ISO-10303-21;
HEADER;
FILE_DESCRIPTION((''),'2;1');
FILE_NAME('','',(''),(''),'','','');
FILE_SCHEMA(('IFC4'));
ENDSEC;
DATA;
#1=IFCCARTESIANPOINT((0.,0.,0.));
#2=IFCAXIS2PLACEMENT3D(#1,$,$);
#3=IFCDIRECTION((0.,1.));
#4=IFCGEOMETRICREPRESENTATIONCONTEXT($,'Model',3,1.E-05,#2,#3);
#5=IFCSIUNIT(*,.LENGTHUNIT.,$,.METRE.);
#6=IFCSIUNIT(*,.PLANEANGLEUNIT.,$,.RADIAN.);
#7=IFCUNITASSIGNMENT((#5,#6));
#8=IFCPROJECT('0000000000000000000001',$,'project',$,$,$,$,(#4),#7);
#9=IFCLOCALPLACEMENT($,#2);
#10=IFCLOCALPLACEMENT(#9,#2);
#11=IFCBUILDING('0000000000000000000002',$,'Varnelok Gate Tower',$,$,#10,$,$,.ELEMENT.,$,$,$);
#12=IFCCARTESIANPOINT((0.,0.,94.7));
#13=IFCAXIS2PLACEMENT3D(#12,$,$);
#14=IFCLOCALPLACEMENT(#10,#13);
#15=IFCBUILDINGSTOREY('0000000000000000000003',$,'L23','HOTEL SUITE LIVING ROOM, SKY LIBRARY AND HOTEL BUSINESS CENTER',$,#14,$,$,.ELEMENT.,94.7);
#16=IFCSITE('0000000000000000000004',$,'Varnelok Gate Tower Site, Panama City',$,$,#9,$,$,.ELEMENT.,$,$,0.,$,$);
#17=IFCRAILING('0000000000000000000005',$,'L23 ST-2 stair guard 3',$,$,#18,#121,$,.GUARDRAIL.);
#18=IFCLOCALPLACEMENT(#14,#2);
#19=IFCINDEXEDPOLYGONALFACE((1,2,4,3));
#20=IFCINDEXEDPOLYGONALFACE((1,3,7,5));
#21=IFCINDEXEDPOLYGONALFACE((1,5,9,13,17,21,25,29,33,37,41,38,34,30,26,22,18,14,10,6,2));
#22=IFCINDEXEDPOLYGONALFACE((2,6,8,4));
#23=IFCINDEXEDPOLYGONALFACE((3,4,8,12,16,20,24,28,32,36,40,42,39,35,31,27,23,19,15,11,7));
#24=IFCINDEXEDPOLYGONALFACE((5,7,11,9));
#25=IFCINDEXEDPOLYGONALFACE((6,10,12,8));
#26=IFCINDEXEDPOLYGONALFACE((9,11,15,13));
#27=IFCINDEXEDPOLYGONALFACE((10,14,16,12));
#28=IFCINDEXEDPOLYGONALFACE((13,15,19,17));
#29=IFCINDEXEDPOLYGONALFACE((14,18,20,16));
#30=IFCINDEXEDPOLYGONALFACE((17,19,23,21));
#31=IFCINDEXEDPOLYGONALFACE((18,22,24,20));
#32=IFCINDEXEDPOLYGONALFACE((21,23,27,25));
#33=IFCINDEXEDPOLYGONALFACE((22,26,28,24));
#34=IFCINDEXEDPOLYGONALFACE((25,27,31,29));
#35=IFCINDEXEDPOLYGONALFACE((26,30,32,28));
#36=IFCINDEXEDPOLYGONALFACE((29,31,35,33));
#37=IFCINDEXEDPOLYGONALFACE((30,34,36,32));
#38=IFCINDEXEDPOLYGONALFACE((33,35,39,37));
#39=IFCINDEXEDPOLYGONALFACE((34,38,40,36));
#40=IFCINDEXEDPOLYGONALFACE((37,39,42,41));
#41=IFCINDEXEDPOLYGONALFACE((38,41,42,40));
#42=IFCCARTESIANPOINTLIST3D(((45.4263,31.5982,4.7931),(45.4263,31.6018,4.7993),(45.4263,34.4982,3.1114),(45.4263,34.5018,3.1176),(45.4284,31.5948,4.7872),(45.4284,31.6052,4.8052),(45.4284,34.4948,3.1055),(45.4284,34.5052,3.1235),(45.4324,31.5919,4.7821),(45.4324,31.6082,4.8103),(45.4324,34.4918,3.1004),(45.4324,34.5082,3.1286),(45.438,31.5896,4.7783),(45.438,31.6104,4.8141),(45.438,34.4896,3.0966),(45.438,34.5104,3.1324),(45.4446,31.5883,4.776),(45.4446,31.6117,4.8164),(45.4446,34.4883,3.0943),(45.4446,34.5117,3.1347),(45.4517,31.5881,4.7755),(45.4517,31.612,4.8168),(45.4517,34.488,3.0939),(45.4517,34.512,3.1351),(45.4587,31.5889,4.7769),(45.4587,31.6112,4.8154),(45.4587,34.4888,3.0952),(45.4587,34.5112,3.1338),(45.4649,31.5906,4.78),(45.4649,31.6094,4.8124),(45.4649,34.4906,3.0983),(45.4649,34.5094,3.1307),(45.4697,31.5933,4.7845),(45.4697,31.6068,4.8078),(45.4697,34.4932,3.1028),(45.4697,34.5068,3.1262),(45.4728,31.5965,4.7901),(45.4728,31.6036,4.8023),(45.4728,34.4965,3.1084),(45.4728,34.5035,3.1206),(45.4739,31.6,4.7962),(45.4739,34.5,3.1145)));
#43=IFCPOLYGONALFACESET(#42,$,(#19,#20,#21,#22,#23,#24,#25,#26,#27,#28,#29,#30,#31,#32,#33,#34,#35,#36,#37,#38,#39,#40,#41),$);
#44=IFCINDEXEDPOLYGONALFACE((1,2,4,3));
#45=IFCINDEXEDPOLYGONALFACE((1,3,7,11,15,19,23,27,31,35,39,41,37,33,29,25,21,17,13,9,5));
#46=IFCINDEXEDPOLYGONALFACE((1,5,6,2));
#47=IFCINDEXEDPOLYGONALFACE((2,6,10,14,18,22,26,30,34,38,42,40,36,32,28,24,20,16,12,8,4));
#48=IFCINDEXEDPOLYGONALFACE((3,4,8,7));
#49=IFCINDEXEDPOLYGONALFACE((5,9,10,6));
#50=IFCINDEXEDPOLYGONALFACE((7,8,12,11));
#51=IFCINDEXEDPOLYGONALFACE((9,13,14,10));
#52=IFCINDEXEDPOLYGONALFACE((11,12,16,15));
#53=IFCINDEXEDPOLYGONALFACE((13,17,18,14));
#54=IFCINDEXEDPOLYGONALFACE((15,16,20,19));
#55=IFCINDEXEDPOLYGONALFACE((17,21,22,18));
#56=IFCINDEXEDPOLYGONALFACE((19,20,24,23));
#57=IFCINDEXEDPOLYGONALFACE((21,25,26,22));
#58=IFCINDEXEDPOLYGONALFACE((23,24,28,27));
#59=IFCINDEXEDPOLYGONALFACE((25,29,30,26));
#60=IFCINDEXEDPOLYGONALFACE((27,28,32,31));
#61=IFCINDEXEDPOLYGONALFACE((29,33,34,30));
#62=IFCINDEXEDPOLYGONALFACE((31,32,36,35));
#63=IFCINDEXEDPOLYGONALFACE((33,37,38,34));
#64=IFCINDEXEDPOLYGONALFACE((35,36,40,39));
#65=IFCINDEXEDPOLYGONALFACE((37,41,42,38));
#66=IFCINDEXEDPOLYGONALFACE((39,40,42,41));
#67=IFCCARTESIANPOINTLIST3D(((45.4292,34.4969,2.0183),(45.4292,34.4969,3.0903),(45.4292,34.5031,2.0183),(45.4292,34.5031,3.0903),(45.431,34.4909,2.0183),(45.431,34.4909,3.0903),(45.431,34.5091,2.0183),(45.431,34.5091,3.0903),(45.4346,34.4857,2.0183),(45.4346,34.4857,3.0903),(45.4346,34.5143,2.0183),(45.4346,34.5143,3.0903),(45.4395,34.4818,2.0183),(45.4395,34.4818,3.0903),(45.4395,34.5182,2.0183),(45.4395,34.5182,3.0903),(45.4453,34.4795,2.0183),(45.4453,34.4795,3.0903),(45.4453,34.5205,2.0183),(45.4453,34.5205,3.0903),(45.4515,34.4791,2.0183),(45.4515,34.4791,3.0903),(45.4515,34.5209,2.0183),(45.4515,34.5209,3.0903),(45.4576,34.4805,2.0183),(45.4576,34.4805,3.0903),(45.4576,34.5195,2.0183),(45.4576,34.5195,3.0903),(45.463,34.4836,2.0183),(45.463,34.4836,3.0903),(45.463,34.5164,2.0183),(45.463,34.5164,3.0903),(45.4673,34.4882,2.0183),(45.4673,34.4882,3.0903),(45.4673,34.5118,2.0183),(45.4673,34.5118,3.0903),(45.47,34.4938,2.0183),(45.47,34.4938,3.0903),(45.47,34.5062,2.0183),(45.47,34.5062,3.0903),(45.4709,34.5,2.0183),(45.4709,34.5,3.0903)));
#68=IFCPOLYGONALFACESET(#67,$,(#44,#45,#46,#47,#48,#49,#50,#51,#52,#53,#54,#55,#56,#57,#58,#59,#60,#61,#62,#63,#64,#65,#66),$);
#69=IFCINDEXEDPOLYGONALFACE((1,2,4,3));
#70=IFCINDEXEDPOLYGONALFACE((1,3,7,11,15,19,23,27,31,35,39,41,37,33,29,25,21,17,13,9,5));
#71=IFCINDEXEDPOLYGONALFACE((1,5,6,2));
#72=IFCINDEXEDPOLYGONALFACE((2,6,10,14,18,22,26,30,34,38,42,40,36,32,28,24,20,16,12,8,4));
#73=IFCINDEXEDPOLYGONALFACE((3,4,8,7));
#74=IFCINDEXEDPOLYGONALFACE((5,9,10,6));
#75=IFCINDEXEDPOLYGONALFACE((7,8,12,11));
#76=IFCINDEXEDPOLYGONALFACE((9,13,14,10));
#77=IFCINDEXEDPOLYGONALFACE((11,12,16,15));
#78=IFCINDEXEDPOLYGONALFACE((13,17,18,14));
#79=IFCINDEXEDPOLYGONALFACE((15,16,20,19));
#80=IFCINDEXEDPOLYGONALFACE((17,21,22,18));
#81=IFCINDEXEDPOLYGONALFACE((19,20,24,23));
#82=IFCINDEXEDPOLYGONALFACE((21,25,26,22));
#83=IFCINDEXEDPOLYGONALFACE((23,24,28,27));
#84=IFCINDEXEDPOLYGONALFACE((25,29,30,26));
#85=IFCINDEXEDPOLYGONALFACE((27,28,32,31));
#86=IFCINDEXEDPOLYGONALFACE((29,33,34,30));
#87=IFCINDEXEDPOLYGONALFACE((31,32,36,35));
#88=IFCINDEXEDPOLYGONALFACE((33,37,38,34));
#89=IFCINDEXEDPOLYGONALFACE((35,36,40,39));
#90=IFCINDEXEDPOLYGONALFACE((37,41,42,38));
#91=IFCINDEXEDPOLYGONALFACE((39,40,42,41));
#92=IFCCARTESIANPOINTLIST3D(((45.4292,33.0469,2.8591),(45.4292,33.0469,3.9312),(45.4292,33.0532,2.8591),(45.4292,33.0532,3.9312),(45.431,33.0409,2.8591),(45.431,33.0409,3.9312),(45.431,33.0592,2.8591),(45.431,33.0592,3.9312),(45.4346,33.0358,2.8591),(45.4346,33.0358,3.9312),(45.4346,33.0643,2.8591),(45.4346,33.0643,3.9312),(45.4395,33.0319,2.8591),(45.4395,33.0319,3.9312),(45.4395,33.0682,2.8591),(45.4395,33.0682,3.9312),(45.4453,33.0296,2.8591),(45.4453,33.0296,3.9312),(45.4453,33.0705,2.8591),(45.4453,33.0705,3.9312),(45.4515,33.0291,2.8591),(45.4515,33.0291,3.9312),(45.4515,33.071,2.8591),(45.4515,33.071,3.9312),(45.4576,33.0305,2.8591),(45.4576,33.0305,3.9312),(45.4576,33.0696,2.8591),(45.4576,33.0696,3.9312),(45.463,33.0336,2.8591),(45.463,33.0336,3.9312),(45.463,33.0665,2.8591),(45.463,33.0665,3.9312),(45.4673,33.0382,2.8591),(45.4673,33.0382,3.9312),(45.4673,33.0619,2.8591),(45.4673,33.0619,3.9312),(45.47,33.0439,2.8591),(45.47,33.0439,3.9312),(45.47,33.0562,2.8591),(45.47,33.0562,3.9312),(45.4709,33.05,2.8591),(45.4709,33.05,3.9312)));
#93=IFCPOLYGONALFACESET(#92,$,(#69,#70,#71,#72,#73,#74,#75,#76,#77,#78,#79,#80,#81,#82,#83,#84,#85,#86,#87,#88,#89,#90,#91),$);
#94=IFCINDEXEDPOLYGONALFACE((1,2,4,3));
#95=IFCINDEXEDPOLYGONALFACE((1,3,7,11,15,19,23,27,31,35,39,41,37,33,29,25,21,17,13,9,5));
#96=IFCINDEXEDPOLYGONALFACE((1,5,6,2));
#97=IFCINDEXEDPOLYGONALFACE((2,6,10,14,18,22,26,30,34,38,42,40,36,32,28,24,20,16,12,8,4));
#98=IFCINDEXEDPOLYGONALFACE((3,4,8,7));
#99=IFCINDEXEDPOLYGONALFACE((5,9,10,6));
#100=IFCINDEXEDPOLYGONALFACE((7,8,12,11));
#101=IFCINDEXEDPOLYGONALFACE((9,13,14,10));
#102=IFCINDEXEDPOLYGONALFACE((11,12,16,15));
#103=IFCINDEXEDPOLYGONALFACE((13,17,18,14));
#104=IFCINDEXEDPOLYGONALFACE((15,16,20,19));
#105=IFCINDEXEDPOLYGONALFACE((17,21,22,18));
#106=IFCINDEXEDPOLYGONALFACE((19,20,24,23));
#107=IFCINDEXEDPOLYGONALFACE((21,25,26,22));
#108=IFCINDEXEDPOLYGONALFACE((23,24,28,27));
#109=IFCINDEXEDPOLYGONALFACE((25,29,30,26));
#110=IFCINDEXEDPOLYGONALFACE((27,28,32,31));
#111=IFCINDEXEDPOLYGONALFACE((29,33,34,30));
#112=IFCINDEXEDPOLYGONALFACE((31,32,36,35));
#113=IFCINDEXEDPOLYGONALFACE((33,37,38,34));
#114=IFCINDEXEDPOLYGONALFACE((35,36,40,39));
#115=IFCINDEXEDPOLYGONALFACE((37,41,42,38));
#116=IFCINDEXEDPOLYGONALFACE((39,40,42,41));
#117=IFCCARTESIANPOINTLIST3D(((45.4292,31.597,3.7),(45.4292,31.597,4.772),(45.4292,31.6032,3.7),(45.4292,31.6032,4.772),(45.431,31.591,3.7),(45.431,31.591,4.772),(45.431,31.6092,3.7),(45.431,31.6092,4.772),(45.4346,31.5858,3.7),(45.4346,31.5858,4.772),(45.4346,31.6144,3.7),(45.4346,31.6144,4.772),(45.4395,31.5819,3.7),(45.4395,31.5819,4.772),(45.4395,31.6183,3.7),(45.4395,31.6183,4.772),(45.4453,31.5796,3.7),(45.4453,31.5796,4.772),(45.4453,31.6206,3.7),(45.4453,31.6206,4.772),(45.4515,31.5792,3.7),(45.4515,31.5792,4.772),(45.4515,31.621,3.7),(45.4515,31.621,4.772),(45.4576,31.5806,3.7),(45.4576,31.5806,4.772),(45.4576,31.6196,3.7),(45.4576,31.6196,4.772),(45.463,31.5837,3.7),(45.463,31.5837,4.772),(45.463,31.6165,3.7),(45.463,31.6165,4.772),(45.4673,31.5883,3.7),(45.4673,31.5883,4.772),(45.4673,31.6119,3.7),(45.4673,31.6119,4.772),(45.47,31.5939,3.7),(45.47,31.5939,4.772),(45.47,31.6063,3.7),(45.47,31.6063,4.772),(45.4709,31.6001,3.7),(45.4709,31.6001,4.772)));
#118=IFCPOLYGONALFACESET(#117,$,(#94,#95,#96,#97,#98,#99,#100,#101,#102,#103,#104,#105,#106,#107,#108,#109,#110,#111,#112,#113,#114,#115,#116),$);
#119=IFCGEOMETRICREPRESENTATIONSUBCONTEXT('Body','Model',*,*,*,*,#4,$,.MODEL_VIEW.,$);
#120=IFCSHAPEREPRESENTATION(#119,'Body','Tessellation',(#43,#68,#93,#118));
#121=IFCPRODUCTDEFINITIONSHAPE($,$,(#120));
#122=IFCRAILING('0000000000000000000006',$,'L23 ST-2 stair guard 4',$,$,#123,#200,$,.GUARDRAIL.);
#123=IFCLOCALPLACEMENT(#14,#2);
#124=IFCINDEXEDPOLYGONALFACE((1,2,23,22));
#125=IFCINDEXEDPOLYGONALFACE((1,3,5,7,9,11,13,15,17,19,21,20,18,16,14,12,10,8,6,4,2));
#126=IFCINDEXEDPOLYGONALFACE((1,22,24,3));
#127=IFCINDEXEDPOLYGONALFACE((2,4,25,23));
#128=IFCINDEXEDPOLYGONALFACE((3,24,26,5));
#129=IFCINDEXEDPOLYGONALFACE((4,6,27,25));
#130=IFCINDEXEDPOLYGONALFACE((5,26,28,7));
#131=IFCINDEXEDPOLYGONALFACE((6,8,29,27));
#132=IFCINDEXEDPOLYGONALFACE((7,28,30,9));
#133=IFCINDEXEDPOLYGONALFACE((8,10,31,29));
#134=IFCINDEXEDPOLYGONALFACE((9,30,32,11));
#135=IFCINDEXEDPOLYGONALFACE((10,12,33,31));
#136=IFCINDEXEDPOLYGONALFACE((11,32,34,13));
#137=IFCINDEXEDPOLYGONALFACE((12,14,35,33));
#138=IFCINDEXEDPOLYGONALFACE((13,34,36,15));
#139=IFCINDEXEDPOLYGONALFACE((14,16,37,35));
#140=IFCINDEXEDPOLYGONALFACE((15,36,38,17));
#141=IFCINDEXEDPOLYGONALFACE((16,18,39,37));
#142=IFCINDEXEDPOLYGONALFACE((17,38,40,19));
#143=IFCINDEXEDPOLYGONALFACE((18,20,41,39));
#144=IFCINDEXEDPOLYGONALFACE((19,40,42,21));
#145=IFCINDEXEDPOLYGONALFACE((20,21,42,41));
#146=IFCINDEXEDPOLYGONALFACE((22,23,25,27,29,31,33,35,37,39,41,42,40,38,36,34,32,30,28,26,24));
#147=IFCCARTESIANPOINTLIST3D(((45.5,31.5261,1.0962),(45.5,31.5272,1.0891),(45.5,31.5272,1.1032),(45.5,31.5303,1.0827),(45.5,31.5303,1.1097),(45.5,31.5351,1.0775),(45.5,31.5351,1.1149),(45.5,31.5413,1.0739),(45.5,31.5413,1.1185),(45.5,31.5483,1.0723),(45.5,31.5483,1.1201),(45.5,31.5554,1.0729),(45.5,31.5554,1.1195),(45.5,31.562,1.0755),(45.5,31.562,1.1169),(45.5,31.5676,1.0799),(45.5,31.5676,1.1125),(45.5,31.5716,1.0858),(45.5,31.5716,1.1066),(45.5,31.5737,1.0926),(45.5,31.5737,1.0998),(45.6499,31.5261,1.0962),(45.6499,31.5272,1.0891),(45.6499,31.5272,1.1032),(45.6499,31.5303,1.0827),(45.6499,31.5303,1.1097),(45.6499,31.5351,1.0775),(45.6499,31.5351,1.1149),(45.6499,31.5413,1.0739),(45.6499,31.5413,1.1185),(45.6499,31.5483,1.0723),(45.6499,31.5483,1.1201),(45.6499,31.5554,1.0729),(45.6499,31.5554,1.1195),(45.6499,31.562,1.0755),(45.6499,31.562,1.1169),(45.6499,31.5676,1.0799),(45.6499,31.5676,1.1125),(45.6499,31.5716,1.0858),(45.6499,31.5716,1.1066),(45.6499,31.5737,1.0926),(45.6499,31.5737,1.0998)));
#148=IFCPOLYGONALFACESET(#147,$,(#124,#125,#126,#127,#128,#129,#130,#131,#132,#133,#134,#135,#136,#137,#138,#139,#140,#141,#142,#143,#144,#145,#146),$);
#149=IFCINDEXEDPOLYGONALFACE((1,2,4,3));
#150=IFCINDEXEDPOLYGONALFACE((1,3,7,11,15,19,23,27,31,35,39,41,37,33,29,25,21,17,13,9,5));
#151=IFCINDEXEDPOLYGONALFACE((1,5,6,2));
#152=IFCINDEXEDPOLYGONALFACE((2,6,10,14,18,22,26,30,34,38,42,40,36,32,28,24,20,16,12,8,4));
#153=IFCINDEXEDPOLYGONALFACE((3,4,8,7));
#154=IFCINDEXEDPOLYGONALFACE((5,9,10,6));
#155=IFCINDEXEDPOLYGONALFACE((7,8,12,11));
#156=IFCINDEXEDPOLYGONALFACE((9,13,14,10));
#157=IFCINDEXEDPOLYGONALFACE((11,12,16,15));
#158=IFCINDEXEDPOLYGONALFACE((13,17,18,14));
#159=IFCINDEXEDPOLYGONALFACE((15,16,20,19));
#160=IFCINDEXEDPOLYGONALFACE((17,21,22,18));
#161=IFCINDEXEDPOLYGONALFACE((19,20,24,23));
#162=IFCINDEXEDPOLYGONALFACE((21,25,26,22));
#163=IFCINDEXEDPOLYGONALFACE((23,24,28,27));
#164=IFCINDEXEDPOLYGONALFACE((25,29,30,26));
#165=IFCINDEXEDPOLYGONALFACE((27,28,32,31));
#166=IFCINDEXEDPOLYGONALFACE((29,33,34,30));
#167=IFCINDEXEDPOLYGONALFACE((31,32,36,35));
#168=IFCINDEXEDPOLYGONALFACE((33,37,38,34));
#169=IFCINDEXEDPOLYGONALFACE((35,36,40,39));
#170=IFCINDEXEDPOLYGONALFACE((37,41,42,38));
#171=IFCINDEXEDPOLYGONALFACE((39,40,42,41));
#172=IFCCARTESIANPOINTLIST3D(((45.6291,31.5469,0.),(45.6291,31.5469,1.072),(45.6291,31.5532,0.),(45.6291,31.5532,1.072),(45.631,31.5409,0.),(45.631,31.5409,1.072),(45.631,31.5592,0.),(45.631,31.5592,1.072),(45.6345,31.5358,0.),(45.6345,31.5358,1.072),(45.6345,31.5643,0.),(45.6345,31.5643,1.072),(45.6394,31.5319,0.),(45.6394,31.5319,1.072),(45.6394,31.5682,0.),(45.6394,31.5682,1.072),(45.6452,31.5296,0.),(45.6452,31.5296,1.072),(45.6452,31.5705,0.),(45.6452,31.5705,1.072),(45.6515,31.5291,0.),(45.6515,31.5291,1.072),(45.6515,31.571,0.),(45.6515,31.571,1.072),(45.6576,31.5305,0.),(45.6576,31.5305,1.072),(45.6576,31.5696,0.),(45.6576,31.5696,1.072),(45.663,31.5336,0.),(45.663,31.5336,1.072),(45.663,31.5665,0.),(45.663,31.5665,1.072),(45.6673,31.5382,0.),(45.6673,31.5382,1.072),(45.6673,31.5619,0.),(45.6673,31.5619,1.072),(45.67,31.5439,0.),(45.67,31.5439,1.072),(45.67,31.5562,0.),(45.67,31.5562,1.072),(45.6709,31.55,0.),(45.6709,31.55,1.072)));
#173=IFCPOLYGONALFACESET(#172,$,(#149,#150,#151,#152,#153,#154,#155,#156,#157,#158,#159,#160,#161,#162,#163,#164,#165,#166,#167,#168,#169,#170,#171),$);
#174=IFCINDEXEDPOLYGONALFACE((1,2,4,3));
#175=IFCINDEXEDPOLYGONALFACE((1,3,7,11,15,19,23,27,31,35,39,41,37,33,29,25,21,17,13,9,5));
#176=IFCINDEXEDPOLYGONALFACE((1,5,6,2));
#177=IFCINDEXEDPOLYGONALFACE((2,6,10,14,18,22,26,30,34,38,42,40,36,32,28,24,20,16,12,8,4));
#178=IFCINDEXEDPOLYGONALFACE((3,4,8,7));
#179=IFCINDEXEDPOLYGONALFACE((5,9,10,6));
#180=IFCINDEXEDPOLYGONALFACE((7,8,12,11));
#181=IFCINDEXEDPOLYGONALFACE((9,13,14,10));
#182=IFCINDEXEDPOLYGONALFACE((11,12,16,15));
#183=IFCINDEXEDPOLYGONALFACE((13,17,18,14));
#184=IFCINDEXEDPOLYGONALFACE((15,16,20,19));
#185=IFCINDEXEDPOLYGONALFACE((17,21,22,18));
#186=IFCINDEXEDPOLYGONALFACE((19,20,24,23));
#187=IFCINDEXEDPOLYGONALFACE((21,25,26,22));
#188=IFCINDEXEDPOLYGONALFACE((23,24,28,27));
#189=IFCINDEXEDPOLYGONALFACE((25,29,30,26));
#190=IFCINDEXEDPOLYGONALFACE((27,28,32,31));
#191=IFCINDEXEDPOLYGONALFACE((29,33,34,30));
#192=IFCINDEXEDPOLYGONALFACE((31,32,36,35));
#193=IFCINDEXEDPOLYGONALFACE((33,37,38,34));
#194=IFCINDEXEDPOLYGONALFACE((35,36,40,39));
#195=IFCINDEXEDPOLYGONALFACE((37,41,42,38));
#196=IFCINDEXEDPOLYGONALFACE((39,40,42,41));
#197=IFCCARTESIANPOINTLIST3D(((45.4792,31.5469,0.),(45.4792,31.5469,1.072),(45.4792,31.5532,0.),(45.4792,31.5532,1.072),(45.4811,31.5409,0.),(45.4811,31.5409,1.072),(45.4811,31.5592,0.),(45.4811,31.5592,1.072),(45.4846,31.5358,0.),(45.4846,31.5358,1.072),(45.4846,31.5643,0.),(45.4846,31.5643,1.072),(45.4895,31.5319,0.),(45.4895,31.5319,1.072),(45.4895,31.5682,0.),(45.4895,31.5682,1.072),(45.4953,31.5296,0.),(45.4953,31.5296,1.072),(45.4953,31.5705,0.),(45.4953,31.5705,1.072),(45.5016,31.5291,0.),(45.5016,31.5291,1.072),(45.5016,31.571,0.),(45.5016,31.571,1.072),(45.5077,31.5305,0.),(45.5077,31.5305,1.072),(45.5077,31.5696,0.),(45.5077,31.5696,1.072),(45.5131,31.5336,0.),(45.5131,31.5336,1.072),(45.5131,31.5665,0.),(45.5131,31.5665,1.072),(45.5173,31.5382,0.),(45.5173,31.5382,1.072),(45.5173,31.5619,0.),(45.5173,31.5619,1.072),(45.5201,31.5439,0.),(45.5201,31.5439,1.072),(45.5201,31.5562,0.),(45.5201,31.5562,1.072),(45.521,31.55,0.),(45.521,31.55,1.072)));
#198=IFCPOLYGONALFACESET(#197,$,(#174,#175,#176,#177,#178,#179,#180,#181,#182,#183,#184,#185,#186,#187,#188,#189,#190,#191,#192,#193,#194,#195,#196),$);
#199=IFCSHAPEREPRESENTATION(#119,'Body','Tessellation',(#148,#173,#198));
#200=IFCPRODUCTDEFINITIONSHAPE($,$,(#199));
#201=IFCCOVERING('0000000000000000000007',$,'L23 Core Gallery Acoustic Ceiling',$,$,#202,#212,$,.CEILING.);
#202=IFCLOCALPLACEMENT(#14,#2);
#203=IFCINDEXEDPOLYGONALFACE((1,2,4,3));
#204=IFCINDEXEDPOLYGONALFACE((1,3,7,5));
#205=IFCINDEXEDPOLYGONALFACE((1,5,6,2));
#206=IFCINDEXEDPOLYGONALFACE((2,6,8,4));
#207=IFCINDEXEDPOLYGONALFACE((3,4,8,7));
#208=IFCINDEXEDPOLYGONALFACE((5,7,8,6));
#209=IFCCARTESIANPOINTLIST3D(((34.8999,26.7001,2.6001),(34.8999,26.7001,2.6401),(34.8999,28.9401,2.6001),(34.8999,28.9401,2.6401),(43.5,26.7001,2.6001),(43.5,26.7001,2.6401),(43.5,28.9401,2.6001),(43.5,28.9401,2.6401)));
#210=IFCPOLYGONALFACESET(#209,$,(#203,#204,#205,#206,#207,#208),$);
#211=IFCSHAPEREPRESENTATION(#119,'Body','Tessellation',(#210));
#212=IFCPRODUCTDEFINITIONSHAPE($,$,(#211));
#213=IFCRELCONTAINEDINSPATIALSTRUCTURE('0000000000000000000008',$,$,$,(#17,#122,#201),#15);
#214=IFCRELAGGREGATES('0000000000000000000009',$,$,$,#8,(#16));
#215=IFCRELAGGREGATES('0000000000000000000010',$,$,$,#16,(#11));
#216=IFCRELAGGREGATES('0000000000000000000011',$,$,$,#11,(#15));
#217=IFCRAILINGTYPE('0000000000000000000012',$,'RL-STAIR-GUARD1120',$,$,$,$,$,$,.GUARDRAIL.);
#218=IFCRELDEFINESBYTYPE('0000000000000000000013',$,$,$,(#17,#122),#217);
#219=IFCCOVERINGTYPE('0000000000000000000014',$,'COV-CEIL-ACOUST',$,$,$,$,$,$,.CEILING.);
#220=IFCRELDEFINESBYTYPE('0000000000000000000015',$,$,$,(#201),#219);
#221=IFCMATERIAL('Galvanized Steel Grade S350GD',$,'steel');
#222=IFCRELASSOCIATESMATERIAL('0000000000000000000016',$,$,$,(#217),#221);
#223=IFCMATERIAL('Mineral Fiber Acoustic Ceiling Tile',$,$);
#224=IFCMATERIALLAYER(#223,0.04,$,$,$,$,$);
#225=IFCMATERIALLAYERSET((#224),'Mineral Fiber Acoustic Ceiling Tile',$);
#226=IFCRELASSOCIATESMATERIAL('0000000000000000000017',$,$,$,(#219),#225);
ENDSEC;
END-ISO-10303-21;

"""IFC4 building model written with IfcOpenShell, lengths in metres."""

from ifc_helpers import new_model, si_unit, direction, frame, origin, origin_2d, place, context, subcontext, project, spatial, rectangle, circle, extrude, source, transform, mapped, material, layer, layer_set, type_object, element, save


model = new_model("IFC4")

# Units and contexts
model_context = context("Model", 3, precision=1e-05, world=origin(), true_north=direction((0.0, 1.0)))
body_context = subcontext(model_context, "Body", "Model", "MODEL_VIEW")
ifc_project = project(units=[si_unit("LENGTHUNIT", "METRE"), si_unit("PLANEANGLEUNIT", "RADIAN")], contexts=[model_context])

# Site, building, storey
site_placement = place(None, origin())
site = spatial("IfcSite", under=ifc_project, at=site_placement, Name="Varnelok Gate Tower Site, Panama City", CompositionType="ELEMENT", RefElevation=0.0)
building_placement = place(site_placement, origin())
building = spatial("IfcBuilding", under=site, at=building_placement, Name="Varnelok Gate Tower", CompositionType="ELEMENT")
storey_placement = place(building_placement, frame((0.0, 0.0, 94.7)))
storey = spatial("IfcBuildingStorey", under=building, at=storey_placement, Name="L23", Description="HOTEL SUITE LIVING ROOM, SKY LIBRARY AND HOTEL BUSINESS CENTER", CompositionType="ELEMENT", Elevation=94.7)

# Shared definitions
ifc_material_1 = material(Name="Galvanized Steel Grade S350GD", Category="steel")

# Railings
railing_type_1 = type_object("IfcRailingType", Name="RL-STAIR-GUARD1120", PredefinedType="GUARDRAIL", material=ifc_material_1)
railing_1_placement = place(storey_placement, frame((45.45, 34.5, 2.0183)))
element("IfcRailing", 1, at=railing_1_placement, inside=storey, type_object=railing_type_1, Name="L23 ST-2 stair guard 3", PredefinedType="GUARDRAIL", context=body_context, shape_type="SweptSolid", body=[
    extrude(circle(Radius=0.0239, at=origin_2d()), frame((0.0, 0.0, 1.0962), z_axis=(0.0, -0.86507, 0.501651), x_axis=(1.0, 0.0, 0.0)), (0.0, 0.0, 1.0), 3.3523),
    extrude(circle(Radius=0.021, at=origin_2d()), origin(), (0.0, 0.0, 1.0), 1.072),
    extrude(circle(Radius=0.021, at=origin_2d()), frame((0.0, -1.45, 0.8408)), (0.0, 0.0, 1.0), 1.072),
    extrude(circle(Radius=0.021, at=origin_2d()), frame((0.0, -2.8999, 1.6816)), (0.0, 0.0, 1.0), 1.072),
])
railing_2_placement = place(storey_placement, frame((45.6499, 31.55, 0.0)))
element("IfcRailing", 2, at=railing_2_placement, inside=storey, type_object=railing_type_1, Name="L23 ST-2 stair guard 4", PredefinedType="GUARDRAIL", context=body_context, shape_type="SweptSolid", body=[
    extrude(circle(Radius=0.0239, at=origin_2d()), frame((0.0, 0.0, 1.0962), z_axis=(-1.0, 0.0, 0.0), x_axis=(0.0, -1.0, 0.0)), (0.0, 0.0, 1.0), 0.1499),
    extrude(circle(Radius=0.021, at=origin_2d()), origin(), (0.0, 0.0, 1.0), 1.072),
    extrude(circle(Radius=0.021, at=origin_2d()), frame((-0.1499, 0.0, 0.0)), (0.0, 0.0, 1.0), 1.072),
])

# Covering
ifc_material_2 = material(Name="Mineral Fiber Acoustic Ceiling Tile")
ifc_layer_1 = layer(ifc_material_2, 0.04)
ifc_layer_set_1 = layer_set([ifc_layer_1], Name="Mineral Fiber Acoustic Ceiling Tile")
covering_type = type_object("IfcCoveringType", Name="COV-CEIL-ACOUST", PredefinedType="CEILING", material=ifc_layer_set_1)
shared_shape = source(origin(), body_context, "Body", "SweptSolid", [
    extrude(rectangle(XDim=8.6001, YDim=2.24, at=origin_2d()), origin(), (0.0, 0.0, 1.0), 0.04),
])
covering_placement = place(storey_placement, frame((39.2, 27.8201, 2.6001), z_axis=(0.0, 0.0, 1.0), x_axis=(1.0, 0.0, 0.0)))
element("IfcCovering", 3, at=covering_placement, inside=storey, type_object=covering_type, Name="L23 Core Gallery Acoustic Ceiling", PredefinedType="CEILING", context=body_context, shape_type="MappedRepresentation", body=[
    mapped(shared_shape, transform((0.0, 0.0, 0.0), scale=1.0)),
])

save(model, "model.ifc")
